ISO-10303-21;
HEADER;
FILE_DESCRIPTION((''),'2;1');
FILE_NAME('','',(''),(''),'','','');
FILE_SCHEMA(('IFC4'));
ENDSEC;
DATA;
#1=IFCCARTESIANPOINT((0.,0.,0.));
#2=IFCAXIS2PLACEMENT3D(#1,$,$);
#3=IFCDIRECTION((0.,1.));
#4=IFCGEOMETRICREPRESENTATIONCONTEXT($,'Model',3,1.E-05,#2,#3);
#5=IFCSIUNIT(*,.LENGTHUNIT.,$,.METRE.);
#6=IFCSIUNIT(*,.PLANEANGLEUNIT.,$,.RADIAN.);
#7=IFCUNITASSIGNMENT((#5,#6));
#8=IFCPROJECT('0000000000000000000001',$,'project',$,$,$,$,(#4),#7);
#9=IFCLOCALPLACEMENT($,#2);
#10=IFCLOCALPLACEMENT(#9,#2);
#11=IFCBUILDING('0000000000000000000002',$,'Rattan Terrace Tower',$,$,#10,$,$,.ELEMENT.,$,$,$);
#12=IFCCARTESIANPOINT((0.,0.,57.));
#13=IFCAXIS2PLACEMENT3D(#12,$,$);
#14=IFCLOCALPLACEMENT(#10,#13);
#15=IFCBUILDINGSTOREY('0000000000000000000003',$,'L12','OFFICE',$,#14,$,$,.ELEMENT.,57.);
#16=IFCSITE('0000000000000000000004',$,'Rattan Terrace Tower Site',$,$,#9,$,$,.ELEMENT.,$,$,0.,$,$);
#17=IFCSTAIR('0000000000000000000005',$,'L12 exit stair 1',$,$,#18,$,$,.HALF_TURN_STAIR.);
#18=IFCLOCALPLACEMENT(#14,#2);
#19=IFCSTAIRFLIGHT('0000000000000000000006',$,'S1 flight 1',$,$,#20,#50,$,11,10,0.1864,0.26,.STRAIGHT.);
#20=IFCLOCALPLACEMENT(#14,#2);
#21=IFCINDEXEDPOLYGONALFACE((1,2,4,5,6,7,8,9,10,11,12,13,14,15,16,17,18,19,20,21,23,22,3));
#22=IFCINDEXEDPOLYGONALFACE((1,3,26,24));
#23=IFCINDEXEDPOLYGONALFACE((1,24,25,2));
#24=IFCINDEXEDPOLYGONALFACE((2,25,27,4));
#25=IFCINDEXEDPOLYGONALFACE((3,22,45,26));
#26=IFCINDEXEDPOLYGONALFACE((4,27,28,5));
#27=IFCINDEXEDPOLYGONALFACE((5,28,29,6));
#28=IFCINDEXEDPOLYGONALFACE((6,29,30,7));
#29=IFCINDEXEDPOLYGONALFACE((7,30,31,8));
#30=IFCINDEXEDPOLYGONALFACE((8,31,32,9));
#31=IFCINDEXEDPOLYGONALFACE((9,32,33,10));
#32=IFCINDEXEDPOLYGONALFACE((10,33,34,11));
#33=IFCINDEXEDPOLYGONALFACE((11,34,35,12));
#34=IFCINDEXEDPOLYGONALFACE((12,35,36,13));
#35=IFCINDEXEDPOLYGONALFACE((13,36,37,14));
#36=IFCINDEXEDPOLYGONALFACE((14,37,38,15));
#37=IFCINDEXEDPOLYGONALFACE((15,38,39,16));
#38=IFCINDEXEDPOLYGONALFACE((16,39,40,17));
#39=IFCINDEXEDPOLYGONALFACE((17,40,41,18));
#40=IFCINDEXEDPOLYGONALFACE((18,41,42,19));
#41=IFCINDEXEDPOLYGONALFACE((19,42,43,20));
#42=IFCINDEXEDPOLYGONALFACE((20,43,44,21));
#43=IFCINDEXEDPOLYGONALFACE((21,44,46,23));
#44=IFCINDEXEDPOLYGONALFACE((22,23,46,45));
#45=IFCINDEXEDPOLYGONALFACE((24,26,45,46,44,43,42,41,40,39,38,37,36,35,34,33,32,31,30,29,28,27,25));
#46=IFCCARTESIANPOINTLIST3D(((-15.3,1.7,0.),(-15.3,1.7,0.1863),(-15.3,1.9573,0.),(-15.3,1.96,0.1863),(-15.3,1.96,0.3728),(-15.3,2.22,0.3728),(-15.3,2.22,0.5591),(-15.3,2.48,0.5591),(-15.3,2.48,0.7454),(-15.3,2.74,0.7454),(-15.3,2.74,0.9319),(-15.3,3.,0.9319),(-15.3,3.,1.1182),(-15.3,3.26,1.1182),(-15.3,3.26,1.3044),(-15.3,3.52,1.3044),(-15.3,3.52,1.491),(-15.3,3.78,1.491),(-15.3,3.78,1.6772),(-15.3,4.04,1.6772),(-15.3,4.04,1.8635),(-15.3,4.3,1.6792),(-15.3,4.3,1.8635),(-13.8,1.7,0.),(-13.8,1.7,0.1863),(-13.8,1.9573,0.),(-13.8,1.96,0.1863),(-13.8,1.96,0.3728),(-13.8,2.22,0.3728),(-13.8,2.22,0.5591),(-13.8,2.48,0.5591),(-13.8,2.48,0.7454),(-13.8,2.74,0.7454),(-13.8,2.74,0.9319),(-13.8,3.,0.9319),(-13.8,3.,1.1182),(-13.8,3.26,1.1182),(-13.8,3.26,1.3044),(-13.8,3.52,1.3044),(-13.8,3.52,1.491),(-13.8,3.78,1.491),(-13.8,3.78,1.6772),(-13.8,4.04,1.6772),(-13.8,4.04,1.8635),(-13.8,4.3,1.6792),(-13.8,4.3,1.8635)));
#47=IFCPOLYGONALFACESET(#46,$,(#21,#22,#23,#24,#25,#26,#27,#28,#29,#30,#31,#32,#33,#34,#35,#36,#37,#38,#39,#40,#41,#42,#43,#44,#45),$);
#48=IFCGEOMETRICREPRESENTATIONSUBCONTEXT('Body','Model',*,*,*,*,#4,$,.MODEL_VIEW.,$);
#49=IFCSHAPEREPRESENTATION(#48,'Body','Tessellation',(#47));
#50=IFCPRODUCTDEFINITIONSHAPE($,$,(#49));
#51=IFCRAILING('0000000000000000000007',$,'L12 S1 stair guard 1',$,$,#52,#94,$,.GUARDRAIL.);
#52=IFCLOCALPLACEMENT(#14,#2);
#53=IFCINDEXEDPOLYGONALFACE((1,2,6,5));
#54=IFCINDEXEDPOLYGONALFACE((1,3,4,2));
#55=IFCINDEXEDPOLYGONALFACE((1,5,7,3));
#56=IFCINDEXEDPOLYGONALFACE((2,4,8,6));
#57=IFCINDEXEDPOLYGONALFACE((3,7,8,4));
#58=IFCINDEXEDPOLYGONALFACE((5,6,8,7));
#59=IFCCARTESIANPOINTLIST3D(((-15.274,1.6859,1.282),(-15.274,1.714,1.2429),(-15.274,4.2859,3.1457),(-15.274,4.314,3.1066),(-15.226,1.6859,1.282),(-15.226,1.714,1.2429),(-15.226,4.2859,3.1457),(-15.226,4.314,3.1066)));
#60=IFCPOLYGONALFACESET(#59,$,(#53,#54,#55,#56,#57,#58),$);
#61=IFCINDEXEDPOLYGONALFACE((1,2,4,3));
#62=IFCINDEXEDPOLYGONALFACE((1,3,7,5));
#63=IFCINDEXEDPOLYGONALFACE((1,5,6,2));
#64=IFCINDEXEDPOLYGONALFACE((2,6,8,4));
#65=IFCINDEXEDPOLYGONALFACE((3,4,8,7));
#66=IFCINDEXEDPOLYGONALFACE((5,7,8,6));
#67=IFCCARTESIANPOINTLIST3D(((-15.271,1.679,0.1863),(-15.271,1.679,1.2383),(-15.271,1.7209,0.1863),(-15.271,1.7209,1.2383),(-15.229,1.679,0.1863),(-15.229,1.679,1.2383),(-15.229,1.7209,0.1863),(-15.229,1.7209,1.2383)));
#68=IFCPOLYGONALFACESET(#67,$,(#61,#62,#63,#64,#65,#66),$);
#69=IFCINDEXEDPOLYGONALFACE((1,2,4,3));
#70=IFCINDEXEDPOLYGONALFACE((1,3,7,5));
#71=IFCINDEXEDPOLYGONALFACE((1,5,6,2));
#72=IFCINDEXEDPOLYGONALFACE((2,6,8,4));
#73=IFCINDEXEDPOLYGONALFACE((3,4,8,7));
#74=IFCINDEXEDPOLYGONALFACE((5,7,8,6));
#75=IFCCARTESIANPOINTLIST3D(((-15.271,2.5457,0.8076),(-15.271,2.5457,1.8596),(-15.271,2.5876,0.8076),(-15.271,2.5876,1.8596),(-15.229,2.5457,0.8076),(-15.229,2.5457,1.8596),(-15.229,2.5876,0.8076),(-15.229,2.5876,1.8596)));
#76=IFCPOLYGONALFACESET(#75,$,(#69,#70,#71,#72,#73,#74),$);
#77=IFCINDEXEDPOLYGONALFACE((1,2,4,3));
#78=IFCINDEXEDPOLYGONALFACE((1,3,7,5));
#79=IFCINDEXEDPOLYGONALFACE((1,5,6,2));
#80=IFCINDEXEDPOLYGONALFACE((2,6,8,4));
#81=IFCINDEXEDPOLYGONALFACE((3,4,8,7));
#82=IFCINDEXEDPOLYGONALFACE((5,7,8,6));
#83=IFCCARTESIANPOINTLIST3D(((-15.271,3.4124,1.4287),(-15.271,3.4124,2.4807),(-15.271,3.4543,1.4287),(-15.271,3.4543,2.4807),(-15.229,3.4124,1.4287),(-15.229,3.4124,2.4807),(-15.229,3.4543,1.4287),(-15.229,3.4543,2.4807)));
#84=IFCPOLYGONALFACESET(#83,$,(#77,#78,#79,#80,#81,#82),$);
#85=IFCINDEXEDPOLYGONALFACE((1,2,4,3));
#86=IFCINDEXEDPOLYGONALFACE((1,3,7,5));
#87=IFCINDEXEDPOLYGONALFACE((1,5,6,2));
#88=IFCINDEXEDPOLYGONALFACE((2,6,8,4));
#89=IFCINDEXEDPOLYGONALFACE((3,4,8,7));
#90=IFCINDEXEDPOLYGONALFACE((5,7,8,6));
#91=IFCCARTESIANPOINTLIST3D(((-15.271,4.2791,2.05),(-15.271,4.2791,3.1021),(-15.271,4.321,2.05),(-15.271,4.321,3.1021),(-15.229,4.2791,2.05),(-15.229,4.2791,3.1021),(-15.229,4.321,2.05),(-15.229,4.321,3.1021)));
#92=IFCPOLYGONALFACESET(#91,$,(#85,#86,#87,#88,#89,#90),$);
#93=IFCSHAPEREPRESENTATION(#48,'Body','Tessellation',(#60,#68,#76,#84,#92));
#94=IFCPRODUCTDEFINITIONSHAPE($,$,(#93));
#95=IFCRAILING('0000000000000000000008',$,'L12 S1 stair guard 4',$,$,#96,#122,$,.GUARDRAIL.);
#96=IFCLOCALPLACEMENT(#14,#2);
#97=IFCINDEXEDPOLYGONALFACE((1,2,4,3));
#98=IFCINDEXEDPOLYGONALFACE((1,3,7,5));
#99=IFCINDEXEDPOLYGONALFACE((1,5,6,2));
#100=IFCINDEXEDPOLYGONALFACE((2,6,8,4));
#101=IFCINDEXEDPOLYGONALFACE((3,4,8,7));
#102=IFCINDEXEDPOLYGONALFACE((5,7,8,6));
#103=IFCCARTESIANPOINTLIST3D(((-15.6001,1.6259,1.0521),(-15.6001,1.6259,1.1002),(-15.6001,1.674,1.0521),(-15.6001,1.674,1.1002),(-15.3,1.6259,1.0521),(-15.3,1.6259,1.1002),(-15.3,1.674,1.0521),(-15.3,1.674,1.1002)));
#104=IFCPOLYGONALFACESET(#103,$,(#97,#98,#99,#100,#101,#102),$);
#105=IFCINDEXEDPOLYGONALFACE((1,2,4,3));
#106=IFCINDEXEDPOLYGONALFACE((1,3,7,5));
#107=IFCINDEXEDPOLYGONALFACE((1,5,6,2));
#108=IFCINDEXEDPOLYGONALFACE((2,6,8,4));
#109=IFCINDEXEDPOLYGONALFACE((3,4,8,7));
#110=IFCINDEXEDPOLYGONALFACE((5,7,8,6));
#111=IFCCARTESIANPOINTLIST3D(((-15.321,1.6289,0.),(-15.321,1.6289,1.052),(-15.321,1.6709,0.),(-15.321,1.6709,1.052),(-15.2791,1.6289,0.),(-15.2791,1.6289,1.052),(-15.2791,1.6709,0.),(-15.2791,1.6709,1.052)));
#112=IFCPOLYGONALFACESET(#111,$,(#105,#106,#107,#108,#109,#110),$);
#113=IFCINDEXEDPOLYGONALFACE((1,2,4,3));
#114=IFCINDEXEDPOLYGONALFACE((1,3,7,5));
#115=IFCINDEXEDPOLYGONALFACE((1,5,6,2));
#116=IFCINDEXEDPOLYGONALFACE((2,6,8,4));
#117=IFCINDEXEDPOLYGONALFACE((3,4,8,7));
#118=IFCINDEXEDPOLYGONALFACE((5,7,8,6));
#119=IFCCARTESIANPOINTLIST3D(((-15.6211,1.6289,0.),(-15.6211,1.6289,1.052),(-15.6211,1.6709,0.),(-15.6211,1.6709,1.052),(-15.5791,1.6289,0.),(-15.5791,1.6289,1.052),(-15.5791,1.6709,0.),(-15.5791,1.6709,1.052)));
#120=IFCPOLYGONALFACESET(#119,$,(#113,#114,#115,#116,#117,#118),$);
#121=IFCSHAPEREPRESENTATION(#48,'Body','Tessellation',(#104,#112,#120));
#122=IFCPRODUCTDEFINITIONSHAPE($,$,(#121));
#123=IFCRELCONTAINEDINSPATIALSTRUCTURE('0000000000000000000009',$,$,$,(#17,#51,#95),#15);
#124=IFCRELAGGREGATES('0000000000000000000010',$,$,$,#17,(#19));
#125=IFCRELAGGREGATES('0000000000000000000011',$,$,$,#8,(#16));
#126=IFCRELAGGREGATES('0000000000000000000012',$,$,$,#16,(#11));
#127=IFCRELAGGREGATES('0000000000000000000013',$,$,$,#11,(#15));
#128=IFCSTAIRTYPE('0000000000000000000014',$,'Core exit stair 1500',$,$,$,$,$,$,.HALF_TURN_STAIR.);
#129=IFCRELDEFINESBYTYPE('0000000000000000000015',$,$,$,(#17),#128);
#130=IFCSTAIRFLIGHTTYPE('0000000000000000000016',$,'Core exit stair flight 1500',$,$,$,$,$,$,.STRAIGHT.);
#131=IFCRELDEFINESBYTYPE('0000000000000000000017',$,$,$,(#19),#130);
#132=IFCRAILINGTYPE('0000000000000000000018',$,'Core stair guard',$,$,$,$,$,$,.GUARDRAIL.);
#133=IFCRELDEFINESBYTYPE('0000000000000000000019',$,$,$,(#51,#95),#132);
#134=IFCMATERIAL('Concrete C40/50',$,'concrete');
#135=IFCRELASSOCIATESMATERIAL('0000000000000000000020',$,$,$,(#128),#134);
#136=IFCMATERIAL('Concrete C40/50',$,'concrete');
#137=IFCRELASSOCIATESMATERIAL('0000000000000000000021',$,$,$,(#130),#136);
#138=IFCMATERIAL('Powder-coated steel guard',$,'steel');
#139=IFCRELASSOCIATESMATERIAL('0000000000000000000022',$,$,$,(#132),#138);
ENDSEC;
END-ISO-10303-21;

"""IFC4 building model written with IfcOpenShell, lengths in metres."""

from ifc_helpers import new_model, si_unit, direction, frame, origin, origin_2d, place, context, subcontext, project, spatial, polyline, rectangle, outline, extrude, material, type_object, element, aggregate, save


model = new_model("IFC4")

# Units and contexts
model_context = context("Model", 3, precision=1e-05, world=origin(), true_north=direction((0.0, 1.0)))
body_context = subcontext(model_context, "Body", "Model", "MODEL_VIEW")
ifc_project = project(units=[si_unit("LENGTHUNIT", "METRE"), si_unit("PLANEANGLEUNIT", "RADIAN")], contexts=[model_context])

# Site, building, storey
site_placement = place(None, origin())
site = spatial("IfcSite", under=ifc_project, at=site_placement, Name="Rattan Terrace Tower Site", CompositionType="ELEMENT", RefElevation=0.0)
building_placement = place(site_placement, origin())
building = spatial("IfcBuilding", under=site, at=building_placement, Name="Rattan Terrace Tower", CompositionType="ELEMENT")
storey_placement = place(building_placement, frame((0.0, 0.0, 57.0)))
storey = spatial("IfcBuildingStorey", under=building, at=storey_placement, Name="L12", Description="OFFICE", CompositionType="ELEMENT", Elevation=57.0)

# Stair, stair flight
ifc_material_1 = material(Name="Concrete C40/50", Category="concrete")
stair_type = type_object("IfcStairType", Name="Core exit stair 1500", PredefinedType="HALF_TURN_STAIR", material=ifc_material_1)
stair_placement = place(storey_placement, origin())
stair = element("IfcStair", 1, at=stair_placement, inside=storey, type_object=stair_type, Name="L12 exit stair 1", PredefinedType="HALF_TURN_STAIR")
ifc_material_2 = material(Name="Concrete C40/50", Category="concrete")
stair_flight_type = type_object("IfcStairFlightType", Name="Core exit stair flight 1500", PredefinedType="STRAIGHT", material=ifc_material_2)
stair_flight_placement = place(storey_placement, frame((-14.55, 1.7, 0.0), z_axis=(0.0, 0.0, 1.0), x_axis=(0.0, 1.0, 0.0)))
stair_flight = element("IfcStairFlight", 2, at=stair_flight_placement, type_object=stair_flight_type, Name="S1 flight 1", NumberOfRisers=11, NumberOfTreads=10, PredefinedType="STRAIGHT", RiserHeight=0.1864, TreadLength=0.26, context=body_context, shape_type="SweptSolid", body=[
    extrude(outline(polyline([(0.0, 0.0), (0.0, 0.1863), (0.26, 0.1863), (0.26, 0.3728), (0.52, 0.3728), (0.52, 0.5591), (0.78, 0.5591), (0.78, 0.7454), (1.04, 0.7454), (1.04, 0.9319), (1.3, 0.9319), (1.3, 1.1182), (1.5601, 1.1182), (1.5601, 1.3044), (1.8201, 1.3044), (1.8201, 1.491), (2.0801, 1.491), (2.0801, 1.6772), (2.3401, 1.6772), (2.3401, 1.8635), (2.6001, 1.8635), (2.6001, 2.05), (2.6001, 1.6792), (0.2573, 0.0), (0.0, 0.0)])), frame((0.0, 0.75, 0.0), z_axis=(0.0, -1.0, 0.0), x_axis=(1.0, 0.0, 0.0)), (0.0, 0.0, 1.0), 1.5),
])
aggregate(stair, [stair_flight])

# Railings
ifc_material_3 = material(Name="Powder-coated steel guard", Category="steel")
railing_type = type_object("IfcRailingType", Name="Core stair guard", PredefinedType="GUARDRAIL", material=ifc_material_3)
railing_1_placement = place(storey_placement, frame((-15.25, 1.7, 0.1863)))
element("IfcRailing", 3, at=railing_1_placement, inside=storey, type_object=railing_type, Name="L12 S1 stair guard 1", PredefinedType="GUARDRAIL", context=body_context, shape_type="SweptSolid", body=[
    extrude(rectangle(XDim=0.0481, YDim=0.0481, at=origin_2d()), frame((0.0, 0.0, 1.0762), z_axis=(0.0, 0.812763, 0.582595), x_axis=(-1.0, 0.0, 0.0)), (0.0, 0.0, 1.0), 3.199),
    extrude(rectangle(XDim=0.042, YDim=0.042, at=origin_2d()), origin(), (0.0, 0.0, 1.0), 1.052),
    extrude(rectangle(XDim=0.042, YDim=0.042, at=origin_2d()), frame((0.0, 0.8667, 0.6213)), (0.0, 0.0, 1.0), 1.052),
    extrude(rectangle(XDim=0.042, YDim=0.042, at=origin_2d()), frame((0.0, 1.7334, 1.2424)), (0.0, 0.0, 1.0), 1.052),
    extrude(rectangle(XDim=0.042, YDim=0.042, at=origin_2d()), frame((0.0, 2.6001, 1.8638)), (0.0, 0.0, 1.0), 1.052),
])
railing_2_placement = place(storey_placement, frame((-15.3, 1.6499, 0.0)))
element("IfcRailing", 4, at=railing_2_placement, inside=storey, type_object=railing_type, Name="L12 S1 stair guard 4", PredefinedType="GUARDRAIL", context=body_context, shape_type="SweptSolid", body=[
    extrude(rectangle(XDim=0.0481, YDim=0.0481, at=origin_2d()), frame((0.0, 0.0, 1.0762), z_axis=(-1.0, 0.0, 0.0), x_axis=(0.0, -1.0, 0.0)), (0.0, 0.0, 1.0), 0.3),
    extrude(rectangle(XDim=0.042, YDim=0.042, at=origin_2d()), origin(), (0.0, 0.0, 1.0), 1.052),
    extrude(rectangle(XDim=0.042, YDim=0.042, at=origin_2d()), frame((-0.3, 0.0, 0.0)), (0.0, 0.0, 1.0), 1.052),
])

save(model, "model.ifc")
